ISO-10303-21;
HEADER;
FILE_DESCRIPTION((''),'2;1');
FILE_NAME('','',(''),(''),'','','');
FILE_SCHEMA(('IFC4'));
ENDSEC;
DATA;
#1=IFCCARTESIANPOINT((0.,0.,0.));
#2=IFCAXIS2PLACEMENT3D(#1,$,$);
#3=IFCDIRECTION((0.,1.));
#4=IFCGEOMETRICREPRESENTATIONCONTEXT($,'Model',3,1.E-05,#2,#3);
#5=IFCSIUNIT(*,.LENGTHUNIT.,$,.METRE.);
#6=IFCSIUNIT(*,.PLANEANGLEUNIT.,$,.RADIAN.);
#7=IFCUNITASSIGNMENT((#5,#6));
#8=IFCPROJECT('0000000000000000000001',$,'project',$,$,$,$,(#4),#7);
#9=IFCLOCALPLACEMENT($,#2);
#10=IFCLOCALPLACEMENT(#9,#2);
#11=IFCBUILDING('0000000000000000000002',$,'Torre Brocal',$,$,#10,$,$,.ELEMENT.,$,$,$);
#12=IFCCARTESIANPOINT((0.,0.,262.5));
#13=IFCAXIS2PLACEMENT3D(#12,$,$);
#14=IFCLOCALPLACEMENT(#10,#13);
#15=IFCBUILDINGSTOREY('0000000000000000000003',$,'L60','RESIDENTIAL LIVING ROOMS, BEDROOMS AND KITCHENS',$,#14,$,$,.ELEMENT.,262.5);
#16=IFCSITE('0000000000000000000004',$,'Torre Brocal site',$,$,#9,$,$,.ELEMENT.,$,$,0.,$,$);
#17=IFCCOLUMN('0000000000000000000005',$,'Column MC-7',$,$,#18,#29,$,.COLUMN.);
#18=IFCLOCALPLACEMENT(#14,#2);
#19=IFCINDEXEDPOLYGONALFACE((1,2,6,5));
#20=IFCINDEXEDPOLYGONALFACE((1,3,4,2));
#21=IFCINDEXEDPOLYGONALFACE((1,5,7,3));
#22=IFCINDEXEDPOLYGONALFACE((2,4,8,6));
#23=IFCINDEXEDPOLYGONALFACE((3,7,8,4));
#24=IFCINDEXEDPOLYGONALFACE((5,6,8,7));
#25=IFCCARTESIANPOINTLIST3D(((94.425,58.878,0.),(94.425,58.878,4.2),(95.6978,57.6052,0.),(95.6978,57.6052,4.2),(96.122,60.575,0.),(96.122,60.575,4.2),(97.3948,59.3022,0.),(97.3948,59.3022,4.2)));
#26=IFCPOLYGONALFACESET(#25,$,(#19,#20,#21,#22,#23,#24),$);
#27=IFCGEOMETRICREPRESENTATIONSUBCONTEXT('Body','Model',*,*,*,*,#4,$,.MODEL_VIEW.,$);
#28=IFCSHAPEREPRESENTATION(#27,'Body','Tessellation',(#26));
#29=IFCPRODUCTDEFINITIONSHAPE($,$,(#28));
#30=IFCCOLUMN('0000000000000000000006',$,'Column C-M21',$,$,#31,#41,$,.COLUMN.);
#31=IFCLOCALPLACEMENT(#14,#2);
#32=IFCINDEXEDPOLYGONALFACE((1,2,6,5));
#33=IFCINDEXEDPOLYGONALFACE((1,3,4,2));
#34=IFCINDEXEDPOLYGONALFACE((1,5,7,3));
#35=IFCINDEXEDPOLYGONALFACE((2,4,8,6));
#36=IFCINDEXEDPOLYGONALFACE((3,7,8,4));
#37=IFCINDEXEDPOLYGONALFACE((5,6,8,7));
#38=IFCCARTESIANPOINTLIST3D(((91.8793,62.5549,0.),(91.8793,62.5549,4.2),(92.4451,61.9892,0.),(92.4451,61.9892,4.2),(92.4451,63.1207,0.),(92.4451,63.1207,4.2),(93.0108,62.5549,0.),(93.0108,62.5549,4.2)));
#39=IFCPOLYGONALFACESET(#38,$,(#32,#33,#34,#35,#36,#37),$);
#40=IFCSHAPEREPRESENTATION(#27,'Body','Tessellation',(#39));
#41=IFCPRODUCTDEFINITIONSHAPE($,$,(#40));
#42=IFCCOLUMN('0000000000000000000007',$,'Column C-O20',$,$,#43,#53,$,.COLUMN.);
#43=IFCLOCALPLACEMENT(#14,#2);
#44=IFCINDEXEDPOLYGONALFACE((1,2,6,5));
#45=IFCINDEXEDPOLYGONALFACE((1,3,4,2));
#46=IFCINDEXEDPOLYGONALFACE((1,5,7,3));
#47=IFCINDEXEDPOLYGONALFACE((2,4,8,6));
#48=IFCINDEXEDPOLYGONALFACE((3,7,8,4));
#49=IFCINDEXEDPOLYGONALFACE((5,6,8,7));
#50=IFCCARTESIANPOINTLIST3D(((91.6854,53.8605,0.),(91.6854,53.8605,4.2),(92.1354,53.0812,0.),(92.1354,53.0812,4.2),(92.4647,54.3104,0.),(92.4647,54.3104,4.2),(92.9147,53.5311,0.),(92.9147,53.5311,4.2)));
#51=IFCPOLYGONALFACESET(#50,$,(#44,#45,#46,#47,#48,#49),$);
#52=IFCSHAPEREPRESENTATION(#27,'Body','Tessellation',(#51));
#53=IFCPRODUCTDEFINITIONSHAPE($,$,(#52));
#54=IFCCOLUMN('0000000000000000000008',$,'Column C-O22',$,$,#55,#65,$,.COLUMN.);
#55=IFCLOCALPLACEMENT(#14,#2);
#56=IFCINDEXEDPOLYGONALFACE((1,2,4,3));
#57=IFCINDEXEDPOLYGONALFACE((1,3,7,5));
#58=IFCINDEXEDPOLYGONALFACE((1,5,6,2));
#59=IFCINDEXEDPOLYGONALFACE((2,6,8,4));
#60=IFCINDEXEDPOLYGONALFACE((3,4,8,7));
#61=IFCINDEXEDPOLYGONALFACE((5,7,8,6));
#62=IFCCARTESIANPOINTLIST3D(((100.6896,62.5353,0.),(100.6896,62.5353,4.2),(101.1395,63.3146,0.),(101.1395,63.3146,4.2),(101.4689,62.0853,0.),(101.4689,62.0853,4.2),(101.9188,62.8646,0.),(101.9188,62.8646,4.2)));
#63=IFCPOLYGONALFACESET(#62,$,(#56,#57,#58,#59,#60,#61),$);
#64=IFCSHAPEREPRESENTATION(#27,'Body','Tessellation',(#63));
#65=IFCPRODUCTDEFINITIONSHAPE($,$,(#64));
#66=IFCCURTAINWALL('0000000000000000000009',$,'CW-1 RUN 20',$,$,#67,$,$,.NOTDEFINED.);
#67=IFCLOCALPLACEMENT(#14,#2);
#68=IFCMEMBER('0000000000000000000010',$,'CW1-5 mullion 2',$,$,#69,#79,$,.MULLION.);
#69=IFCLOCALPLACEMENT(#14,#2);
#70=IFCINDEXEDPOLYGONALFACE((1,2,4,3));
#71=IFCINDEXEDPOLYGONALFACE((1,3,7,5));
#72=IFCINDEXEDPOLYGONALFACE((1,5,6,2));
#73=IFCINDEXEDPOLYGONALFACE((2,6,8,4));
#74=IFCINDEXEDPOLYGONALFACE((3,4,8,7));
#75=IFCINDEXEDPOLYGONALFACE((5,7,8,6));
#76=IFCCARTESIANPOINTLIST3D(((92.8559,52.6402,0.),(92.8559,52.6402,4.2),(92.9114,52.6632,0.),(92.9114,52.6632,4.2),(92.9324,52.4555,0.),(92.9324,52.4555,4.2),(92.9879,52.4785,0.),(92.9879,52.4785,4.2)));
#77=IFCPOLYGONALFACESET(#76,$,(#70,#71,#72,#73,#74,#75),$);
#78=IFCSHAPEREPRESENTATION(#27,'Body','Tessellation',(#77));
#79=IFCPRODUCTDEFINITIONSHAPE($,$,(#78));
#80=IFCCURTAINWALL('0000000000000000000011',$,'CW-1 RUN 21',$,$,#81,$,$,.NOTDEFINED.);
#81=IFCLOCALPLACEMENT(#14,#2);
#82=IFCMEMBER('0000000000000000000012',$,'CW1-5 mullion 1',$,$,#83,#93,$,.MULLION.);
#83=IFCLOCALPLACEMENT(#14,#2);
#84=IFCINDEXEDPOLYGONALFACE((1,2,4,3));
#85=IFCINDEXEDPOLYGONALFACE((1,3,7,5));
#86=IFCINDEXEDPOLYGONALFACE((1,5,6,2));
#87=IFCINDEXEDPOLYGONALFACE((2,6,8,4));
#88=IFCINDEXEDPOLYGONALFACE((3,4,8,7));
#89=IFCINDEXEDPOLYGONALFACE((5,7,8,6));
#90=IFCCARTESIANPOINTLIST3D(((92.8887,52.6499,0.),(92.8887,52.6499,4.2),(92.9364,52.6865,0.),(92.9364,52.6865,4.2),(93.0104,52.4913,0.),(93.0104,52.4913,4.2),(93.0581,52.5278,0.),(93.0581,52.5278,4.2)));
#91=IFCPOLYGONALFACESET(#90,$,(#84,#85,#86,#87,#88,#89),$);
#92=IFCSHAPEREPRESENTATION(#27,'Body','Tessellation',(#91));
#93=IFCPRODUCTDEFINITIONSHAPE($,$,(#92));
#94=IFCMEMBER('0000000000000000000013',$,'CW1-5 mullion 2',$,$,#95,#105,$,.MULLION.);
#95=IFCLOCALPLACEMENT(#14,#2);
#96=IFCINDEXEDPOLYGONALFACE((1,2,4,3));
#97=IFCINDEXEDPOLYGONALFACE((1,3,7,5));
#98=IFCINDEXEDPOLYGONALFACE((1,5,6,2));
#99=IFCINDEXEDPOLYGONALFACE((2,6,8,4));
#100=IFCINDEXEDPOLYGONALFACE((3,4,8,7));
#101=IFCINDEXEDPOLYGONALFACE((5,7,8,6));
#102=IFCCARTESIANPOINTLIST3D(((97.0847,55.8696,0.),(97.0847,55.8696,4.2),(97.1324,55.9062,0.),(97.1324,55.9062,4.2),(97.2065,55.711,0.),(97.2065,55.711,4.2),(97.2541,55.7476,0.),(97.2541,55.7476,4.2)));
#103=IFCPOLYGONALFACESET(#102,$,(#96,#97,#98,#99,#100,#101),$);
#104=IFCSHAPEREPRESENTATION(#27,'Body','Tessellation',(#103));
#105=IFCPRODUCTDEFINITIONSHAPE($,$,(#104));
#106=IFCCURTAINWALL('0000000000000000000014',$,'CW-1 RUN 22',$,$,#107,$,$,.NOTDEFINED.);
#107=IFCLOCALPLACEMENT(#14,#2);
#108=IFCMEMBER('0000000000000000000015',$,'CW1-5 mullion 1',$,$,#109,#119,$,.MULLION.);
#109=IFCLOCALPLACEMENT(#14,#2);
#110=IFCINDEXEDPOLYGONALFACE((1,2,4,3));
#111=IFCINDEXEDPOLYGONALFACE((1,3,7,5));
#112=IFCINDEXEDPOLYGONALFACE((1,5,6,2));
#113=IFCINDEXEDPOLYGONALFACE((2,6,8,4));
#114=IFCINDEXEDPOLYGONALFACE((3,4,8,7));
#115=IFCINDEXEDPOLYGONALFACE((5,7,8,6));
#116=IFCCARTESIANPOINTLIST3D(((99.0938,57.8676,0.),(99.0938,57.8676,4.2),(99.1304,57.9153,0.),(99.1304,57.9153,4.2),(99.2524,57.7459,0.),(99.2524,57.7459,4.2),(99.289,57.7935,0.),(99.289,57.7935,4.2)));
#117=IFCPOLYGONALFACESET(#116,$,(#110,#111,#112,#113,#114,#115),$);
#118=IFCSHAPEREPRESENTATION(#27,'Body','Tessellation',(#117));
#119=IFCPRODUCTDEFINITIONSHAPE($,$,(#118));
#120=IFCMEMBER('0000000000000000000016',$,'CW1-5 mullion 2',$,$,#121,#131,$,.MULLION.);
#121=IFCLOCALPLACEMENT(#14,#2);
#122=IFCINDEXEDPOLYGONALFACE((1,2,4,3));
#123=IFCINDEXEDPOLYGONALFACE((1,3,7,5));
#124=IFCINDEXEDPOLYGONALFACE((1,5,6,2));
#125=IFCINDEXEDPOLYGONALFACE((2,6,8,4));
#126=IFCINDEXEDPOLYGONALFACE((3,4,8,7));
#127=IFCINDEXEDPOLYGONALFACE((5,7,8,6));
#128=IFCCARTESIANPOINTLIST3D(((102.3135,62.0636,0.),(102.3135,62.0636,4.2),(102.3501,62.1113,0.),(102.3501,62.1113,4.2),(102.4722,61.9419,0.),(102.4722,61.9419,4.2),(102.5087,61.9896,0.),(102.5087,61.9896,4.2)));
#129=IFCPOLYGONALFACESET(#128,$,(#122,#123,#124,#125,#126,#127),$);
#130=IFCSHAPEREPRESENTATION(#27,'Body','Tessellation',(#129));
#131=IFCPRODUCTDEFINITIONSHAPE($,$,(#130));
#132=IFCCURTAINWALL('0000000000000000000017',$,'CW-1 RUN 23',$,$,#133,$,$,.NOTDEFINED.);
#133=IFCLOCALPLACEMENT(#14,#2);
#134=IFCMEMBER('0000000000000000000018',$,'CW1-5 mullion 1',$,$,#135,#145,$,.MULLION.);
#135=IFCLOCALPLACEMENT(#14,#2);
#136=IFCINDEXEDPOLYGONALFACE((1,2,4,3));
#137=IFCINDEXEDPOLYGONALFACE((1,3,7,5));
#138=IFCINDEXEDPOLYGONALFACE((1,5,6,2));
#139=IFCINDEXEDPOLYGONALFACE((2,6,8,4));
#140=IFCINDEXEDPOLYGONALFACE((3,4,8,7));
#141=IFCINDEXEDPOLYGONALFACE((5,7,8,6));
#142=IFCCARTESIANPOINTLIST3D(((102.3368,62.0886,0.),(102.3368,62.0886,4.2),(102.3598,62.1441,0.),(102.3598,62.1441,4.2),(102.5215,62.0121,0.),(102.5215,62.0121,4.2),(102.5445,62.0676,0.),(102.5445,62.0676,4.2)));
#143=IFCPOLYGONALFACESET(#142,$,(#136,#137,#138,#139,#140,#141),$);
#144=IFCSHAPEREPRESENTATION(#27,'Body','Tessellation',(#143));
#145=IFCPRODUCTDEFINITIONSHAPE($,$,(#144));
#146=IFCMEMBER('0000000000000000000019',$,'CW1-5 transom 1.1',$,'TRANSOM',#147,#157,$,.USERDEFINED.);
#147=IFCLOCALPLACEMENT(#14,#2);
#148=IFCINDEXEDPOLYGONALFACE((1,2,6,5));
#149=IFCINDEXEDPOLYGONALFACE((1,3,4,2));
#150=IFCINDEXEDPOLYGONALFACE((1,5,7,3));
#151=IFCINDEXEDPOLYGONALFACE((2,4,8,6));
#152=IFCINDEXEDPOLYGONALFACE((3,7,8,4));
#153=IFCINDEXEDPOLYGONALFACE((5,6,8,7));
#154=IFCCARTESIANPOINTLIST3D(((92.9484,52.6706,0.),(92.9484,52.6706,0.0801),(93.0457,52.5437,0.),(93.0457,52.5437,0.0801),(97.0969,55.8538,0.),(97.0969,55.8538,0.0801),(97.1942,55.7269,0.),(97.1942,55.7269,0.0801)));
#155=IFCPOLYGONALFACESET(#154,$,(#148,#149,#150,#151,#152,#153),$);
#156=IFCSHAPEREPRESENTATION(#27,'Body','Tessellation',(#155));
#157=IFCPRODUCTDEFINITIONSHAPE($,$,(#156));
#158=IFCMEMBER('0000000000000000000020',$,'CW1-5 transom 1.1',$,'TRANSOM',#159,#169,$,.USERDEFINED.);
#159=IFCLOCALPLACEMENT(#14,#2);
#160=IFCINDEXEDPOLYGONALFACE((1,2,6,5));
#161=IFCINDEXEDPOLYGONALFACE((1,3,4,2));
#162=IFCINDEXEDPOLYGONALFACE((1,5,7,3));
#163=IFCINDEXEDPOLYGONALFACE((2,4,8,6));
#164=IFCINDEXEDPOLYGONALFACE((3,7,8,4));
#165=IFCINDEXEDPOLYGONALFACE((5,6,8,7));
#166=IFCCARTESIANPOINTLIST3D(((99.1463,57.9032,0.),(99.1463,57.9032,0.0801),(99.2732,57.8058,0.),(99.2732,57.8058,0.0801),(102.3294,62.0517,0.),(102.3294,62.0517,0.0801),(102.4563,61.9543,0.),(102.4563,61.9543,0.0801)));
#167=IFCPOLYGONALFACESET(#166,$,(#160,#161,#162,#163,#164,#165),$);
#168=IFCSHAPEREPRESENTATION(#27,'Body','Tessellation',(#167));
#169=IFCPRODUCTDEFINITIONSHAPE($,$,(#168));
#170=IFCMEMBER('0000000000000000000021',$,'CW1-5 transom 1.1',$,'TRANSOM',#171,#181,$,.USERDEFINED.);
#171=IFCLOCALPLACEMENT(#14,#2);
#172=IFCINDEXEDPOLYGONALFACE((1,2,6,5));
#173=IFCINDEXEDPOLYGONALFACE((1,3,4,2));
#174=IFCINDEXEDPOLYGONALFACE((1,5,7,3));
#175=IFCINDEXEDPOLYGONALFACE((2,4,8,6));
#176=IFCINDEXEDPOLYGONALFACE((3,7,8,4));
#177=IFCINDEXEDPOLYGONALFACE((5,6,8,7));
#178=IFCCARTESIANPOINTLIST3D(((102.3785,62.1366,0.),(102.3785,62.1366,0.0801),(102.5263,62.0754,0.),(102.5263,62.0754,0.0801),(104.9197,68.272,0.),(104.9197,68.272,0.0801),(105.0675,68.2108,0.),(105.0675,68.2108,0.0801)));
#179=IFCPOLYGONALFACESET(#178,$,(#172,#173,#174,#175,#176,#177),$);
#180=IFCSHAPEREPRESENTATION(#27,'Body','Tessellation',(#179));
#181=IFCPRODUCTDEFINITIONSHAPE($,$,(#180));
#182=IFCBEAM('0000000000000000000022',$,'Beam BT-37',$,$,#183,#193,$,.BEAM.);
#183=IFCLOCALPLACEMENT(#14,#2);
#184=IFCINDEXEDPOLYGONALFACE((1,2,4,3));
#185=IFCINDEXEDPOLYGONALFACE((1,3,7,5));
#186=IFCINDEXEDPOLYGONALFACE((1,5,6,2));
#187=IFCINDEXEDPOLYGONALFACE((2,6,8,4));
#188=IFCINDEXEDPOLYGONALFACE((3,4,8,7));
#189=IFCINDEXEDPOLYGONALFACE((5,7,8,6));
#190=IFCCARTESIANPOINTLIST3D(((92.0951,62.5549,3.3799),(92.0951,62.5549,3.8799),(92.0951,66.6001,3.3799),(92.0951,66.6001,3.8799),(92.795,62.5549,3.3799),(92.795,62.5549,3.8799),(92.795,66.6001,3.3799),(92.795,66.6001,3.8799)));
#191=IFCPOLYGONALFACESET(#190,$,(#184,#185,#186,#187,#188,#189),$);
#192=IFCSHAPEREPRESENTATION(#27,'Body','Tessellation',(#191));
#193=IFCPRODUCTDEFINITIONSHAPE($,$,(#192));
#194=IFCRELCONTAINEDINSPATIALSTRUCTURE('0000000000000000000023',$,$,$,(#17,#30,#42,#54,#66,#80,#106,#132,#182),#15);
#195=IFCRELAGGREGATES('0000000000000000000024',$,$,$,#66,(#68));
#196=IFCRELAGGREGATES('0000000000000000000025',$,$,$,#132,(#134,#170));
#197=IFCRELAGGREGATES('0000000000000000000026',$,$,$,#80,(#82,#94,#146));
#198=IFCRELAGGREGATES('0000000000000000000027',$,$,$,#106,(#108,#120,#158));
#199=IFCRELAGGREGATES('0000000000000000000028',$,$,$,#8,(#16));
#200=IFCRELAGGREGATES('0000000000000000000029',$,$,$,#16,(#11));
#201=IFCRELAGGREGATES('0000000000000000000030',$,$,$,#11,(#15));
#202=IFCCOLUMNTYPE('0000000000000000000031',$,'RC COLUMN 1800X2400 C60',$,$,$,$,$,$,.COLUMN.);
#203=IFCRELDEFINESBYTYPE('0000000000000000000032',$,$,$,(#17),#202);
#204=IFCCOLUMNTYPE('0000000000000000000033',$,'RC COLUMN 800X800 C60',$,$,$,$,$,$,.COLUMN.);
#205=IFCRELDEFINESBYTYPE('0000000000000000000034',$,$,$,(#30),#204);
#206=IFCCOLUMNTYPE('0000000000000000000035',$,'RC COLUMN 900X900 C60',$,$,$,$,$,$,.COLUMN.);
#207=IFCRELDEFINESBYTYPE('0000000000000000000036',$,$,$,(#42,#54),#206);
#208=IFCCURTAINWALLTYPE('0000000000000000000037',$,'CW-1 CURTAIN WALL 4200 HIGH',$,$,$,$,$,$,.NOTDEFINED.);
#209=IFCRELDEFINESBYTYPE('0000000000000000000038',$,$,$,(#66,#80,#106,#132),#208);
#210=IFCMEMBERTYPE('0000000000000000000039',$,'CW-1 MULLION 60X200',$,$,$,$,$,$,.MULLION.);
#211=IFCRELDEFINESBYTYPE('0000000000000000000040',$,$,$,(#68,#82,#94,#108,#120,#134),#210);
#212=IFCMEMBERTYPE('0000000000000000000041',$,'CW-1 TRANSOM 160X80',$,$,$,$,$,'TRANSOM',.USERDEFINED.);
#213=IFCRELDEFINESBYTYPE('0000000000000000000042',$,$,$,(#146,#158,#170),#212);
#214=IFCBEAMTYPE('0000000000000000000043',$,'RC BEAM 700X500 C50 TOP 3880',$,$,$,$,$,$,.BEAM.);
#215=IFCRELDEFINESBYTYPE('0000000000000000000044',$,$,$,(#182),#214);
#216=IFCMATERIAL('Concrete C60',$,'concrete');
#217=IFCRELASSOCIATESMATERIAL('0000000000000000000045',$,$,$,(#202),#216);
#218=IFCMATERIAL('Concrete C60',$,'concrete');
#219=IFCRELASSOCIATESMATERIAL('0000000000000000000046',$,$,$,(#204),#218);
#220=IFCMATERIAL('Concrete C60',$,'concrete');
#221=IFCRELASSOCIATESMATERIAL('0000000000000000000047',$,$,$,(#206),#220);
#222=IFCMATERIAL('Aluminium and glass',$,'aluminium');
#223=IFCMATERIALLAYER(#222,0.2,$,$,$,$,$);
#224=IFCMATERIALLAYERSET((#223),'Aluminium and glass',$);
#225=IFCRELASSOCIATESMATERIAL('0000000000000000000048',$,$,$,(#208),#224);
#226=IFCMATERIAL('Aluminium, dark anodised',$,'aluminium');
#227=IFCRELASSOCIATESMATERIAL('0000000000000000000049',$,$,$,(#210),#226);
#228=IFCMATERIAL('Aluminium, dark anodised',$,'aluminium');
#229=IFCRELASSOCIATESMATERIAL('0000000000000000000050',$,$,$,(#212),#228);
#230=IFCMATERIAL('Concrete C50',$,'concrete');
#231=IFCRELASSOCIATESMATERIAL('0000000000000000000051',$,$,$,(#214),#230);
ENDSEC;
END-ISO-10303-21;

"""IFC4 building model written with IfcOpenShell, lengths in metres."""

from ifc_helpers import new_model, si_unit, direction, frame, origin, origin_2d, place, context, subcontext, project, spatial, rectangle, extrude, material, layer, layer_set, material_profile, profile_set, type_object, element, aggregate, save


model = new_model("IFC4")

# Units and contexts
model_context = context("Model", 3, precision=1e-05, world=origin(), true_north=direction((0.0, 1.0)))
body_context = subcontext(model_context, "Body", "Model", "MODEL_VIEW")
ifc_project = project(units=[si_unit("LENGTHUNIT", "METRE"), si_unit("PLANEANGLEUNIT", "RADIAN")], contexts=[model_context])

# Site, building, storey
site_placement = place(None, origin())
site = spatial("IfcSite", under=ifc_project, at=site_placement, Name="Torre Brocal site", CompositionType="ELEMENT", RefElevation=0.0)
building_placement = place(site_placement, origin())
building = spatial("IfcBuilding", under=site, at=building_placement, Name="Torre Brocal", CompositionType="ELEMENT")
storey_placement = place(building_placement, frame((0.0, 0.0, 262.5)))
storey = spatial("IfcBuildingStorey", under=building, at=storey_placement, Name="L60", Description="RESIDENTIAL LIVING ROOMS, BEDROOMS AND KITCHENS", CompositionType="ELEMENT", Elevation=262.5)

# Columns
ifc_material_1 = material(Name="Concrete C60", Category="concrete")
ifc_material_profile_1 = material_profile(ifc_material_1, rectangle(XDim=1.8, YDim=2.3999, at=origin_2d()), Name="RC 1800X2400")
ifc_profile_set_1 = profile_set([ifc_material_profile_1], Name="Concrete C60")
column_type_1 = type_object("IfcColumnType", Name="RC COLUMN 1800X2400 C60", PredefinedType="COLUMN", material=ifc_profile_set_1)
column_1_placement = place(storey_placement, frame((95.9099, 59.0901, 0.0), z_axis=(0.0, 0.0, 1.0), x_axis=(0.707107, -0.707107, 0.0)))
element("IfcColumn", 1, at=column_1_placement, inside=storey, type_object=column_type_1, Name="Column MC-7", PredefinedType="COLUMN", context=body_context, shape_type="SweptSolid", body=[
    extrude(rectangle(XDim=1.8, YDim=2.3999, at=origin_2d()), origin(), (0.0, 0.0, 1.0), 4.2),
])
ifc_material_2 = material(Name="Concrete C60", Category="concrete")
ifc_material_profile_2 = material_profile(ifc_material_2, rectangle(XDim=0.8, YDim=0.8, at=origin_2d()), Name="RC 800X800")
ifc_profile_set_2 = profile_set([ifc_material_profile_2], Name="Concrete C60")
column_type_2 = type_object("IfcColumnType", Name="RC COLUMN 800X800 C60", PredefinedType="COLUMN", material=ifc_profile_set_2)
column_2_placement = place(storey_placement, frame((92.4451, 62.5549, 0.0), z_axis=(0.0, 0.0, 1.0), x_axis=(0.707107, -0.707107, 0.0)))
element("IfcColumn", 2, at=column_2_placement, inside=storey, type_object=column_type_2, Name="Column C-M21", PredefinedType="COLUMN", context=body_context, shape_type="SweptSolid", body=[
    extrude(rectangle(XDim=0.8, YDim=0.8, at=origin_2d()), origin(), (0.0, 0.0, 1.0), 4.2),
])
ifc_material_3 = material(Name="Concrete C60", Category="concrete")
ifc_material_profile_3 = material_profile(ifc_material_3, rectangle(XDim=0.8999, YDim=0.8999, at=origin_2d()), Name="RC 900X900")
ifc_profile_set_3 = profile_set([ifc_material_profile_3], Name="Concrete C60")
column_type_3 = type_object("IfcColumnType", Name="RC COLUMN 900X900 C60", PredefinedType="COLUMN", material=ifc_profile_set_3)
for number, where, z_axis, x_axis, name in (
    (3, (92.3, 53.6958, 0.0), (0.0, 0.0, 1.0), (0.5, -0.866025, 0.0), "Column C-O20"),
    (4, (101.3042, 62.7, 0.0), (0.0, 0.0, 1.0), (0.866025, -0.5, 0.0), "Column C-O22"),
):
    element("IfcColumn", number, at=place(storey_placement, frame(where, z_axis=z_axis, x_axis=x_axis)), inside=storey, type_object=column_type_3, Name=name, PredefinedType="COLUMN", context=body_context, shape_type="SweptSolid", body=[
        extrude(rectangle(XDim=0.8999, YDim=0.8999, at=origin_2d()), origin(), (0.0, 0.0, 1.0), 4.2),
    ])

# Curtain wall, member
ifc_material_4 = material(Name="Aluminium and glass", Category="aluminium")
ifc_layer_1 = layer(ifc_material_4, 0.2)
ifc_layer_set_1 = layer_set([ifc_layer_1], Name="Aluminium and glass")
curtain_wall_type = type_object("IfcCurtainWallType", Name="CW-1 CURTAIN WALL 4200 HIGH", PredefinedType="NOTDEFINED", material=ifc_layer_set_1)
curtain_wall_1_placement = place(storey_placement, origin())
curtain_wall_1 = element("IfcCurtainWall", 5, at=curtain_wall_1_placement, inside=storey, type_object=curtain_wall_type, Name="CW-1 RUN 20", PredefinedType="NOTDEFINED")
ifc_material_5 = material(Name="Aluminium, dark anodised", Category="aluminium")
ifc_material_profile_4 = material_profile(ifc_material_5, rectangle(XDim=0.2, YDim=0.0601, at=origin_2d()), Name="CW-1 MULLION 60X200")
ifc_profile_set_4 = profile_set([ifc_material_profile_4], Name="Aluminium, dark anodised")
member_type_1 = type_object("IfcMemberType", Name="CW-1 MULLION 60X200", PredefinedType="MULLION", material=ifc_profile_set_4)
member_1_placement = place(storey_placement, frame((92.9219, 52.5593, 0.0), z_axis=(0.0, 0.0, 1.0), x_axis=(-0.382683, 0.92388, 0.0)))
member_1 = element("IfcMember", 6, at=member_1_placement, type_object=member_type_1, Name="CW1-5 mullion 2", PredefinedType="MULLION", context=body_context, shape_type="SweptSolid", body=[
    extrude(rectangle(XDim=0.2, YDim=0.0601, at=origin_2d()), origin(), (0.0, 0.0, 1.0), 4.2),
])
aggregate(curtain_wall_1, [member_1])

# Curtain walls, members
curtain_wall_2_placement = place(storey_placement, origin())
curtain_wall_2 = element("IfcCurtainWall", 7, at=curtain_wall_2_placement, inside=storey, type_object=curtain_wall_type, Name="CW-1 RUN 21", PredefinedType="NOTDEFINED")
member_2_placement = place(storey_placement, frame((92.9734, 52.5889, 0.0), z_axis=(0.0, 0.0, 1.0), x_axis=(-0.608761, 0.793353, 0.0)))
member_2 = element("IfcMember", 8, at=member_2_placement, type_object=member_type_1, Name="CW1-5 mullion 1", PredefinedType="MULLION", context=body_context, shape_type="SweptSolid", body=[
    extrude(rectangle(XDim=0.2, YDim=0.0601, at=origin_2d()), origin(), (0.0, 0.0, 1.0), 4.2),
])
member_3_placement = place(storey_placement, frame((97.1694, 55.8086, 0.0), z_axis=(0.0, 0.0, 1.0), x_axis=(-0.608761, 0.793353, 0.0)))
member_3 = element("IfcMember", 9, at=member_3_placement, type_object=member_type_1, Name="CW1-5 mullion 2", PredefinedType="MULLION", context=body_context, shape_type="SweptSolid", body=[
    extrude(rectangle(XDim=0.2, YDim=0.0601, at=origin_2d()), origin(), (0.0, 0.0, 1.0), 4.2),
])
curtain_wall_3_placement = place(storey_placement, origin())
curtain_wall_3 = element("IfcCurtainWall", 10, at=curtain_wall_3_placement, inside=storey, type_object=curtain_wall_type, Name="CW-1 RUN 22", PredefinedType="NOTDEFINED")
member_4_placement = place(storey_placement, frame((99.1914, 57.8306, 0.0), z_axis=(0.0, 0.0, 1.0), x_axis=(-0.793353, 0.608761, 0.0)))
member_4 = element("IfcMember", 11, at=member_4_placement, type_object=member_type_1, Name="CW1-5 mullion 1", PredefinedType="MULLION", context=body_context, shape_type="SweptSolid", body=[
    extrude(rectangle(XDim=0.2, YDim=0.0601, at=origin_2d()), origin(), (0.0, 0.0, 1.0), 4.2),
])
member_5_placement = place(storey_placement, frame((102.4111, 62.0266, 0.0), z_axis=(0.0, 0.0, 1.0), x_axis=(-0.793353, 0.608761, 0.0)))
member_5 = element("IfcMember", 12, at=member_5_placement, type_object=member_type_1, Name="CW1-5 mullion 2", PredefinedType="MULLION", context=body_context, shape_type="SweptSolid", body=[
    extrude(rectangle(XDim=0.2, YDim=0.0601, at=origin_2d()), origin(), (0.0, 0.0, 1.0), 4.2),
])

# Curtain wall, member
curtain_wall_4_placement = place(storey_placement, origin())
curtain_wall_4 = element("IfcCurtainWall", 13, at=curtain_wall_4_placement, inside=storey, type_object=curtain_wall_type, Name="CW-1 RUN 23", PredefinedType="NOTDEFINED")
member_6_placement = place(storey_placement, frame((102.4407, 62.0781, 0.0), z_axis=(0.0, 0.0, 1.0), x_axis=(-0.92388, 0.382683, 0.0)))
member_6 = element("IfcMember", 14, at=member_6_placement, type_object=member_type_1, Name="CW1-5 mullion 1", PredefinedType="MULLION", context=body_context, shape_type="SweptSolid", body=[
    extrude(rectangle(XDim=0.2, YDim=0.0601, at=origin_2d()), origin(), (0.0, 0.0, 1.0), 4.2),
])

# Members
ifc_material_6 = material(Name="Aluminium, dark anodised", Category="aluminium")
ifc_material_profile_5 = material_profile(ifc_material_6, rectangle(XDim=0.1599, YDim=0.0801, at=origin_2d()), Name="CW-1 TRANSOM 160X80")
ifc_profile_set_5 = profile_set([ifc_material_profile_5], Name="Aluminium, dark anodised")
member_type_2 = type_object("IfcMemberType", Name="CW-1 TRANSOM 160X80", ElementType="TRANSOM", PredefinedType="USERDEFINED", material=ifc_profile_set_5)
member_7_placement = place(storey_placement, frame((92.9971, 52.6072, 0.04), z_axis=(0.793363, 0.608749, 0.0), x_axis=(-0.608749, 0.793363, 0.0)))
member_7 = element("IfcMember", 15, at=member_7_placement, type_object=member_type_2, Name="CW1-5 transom 1.1", ObjectType="TRANSOM", PredefinedType="USERDEFINED", context=body_context, shape_type="SweptSolid", body=[
    extrude(rectangle(XDim=0.1599, YDim=0.0801, at=origin_2d()), origin(), (0.0, 0.0, 1.0), 5.229),
])
member_8_placement = place(storey_placement, frame((99.2097, 57.8545, 0.04), z_axis=(0.608749, 0.793363, 0.0), x_axis=(-0.793363, 0.608749, 0.0)))
member_8 = element("IfcMember", 16, at=member_8_placement, type_object=member_type_2, Name="CW1-5 transom 1.1", ObjectType="TRANSOM", PredefinedType="USERDEFINED", context=body_context, shape_type="SweptSolid", body=[
    extrude(rectangle(XDim=0.1599, YDim=0.0801, at=origin_2d()), origin(), (0.0, 0.0, 1.0), 5.229),
])
member_9_placement = place(storey_placement, frame((102.4524, 62.106, 0.04), z_axis=(0.382665, 0.923887, 0.0), x_axis=(-0.923887, 0.382665, 0.0)))
member_9 = element("IfcMember", 17, at=member_9_placement, type_object=member_type_2, Name="CW1-5 transom 1.1", ObjectType="TRANSOM", PredefinedType="USERDEFINED", context=body_context, shape_type="SweptSolid", body=[
    extrude(rectangle(XDim=0.1599, YDim=0.0801, at=origin_2d()), origin(), (0.0, 0.0, 1.0), 6.6409),
])
aggregate(curtain_wall_4, [member_6, member_9])

# Beam
ifc_material_7 = material(Name="Concrete C50", Category="concrete")
ifc_material_profile_6 = material_profile(ifc_material_7, rectangle(XDim=0.7, YDim=0.5, at=origin_2d()), Name="RC 700X500")
ifc_profile_set_6 = profile_set([ifc_material_profile_6], Name="Concrete C50")
beam_type_1 = type_object("IfcBeamType", Name="RC BEAM 700X500 C50 TOP 3880", PredefinedType="BEAM", material=ifc_profile_set_6)
beam_placement = place(storey_placement, frame((92.4451, 62.5549, 3.6299), z_axis=(0.0, 1.0, 0.0), x_axis=(-1.0, 0.0, 0.0)))
element("IfcBeam", 18, at=beam_placement, inside=storey, type_object=beam_type_1, Name="Beam BT-37", PredefinedType="BEAM", context=body_context, shape_type="SweptSolid", body=[
    extrude(rectangle(XDim=0.7, YDim=0.5, at=origin_2d()), origin(), (0.0, 0.0, 1.0), 4.0452),
])

aggregate(curtain_wall_2, [member_2, member_3, member_7])
aggregate(curtain_wall_3, [member_4, member_5, member_8])

save(model, "model.ifc")
